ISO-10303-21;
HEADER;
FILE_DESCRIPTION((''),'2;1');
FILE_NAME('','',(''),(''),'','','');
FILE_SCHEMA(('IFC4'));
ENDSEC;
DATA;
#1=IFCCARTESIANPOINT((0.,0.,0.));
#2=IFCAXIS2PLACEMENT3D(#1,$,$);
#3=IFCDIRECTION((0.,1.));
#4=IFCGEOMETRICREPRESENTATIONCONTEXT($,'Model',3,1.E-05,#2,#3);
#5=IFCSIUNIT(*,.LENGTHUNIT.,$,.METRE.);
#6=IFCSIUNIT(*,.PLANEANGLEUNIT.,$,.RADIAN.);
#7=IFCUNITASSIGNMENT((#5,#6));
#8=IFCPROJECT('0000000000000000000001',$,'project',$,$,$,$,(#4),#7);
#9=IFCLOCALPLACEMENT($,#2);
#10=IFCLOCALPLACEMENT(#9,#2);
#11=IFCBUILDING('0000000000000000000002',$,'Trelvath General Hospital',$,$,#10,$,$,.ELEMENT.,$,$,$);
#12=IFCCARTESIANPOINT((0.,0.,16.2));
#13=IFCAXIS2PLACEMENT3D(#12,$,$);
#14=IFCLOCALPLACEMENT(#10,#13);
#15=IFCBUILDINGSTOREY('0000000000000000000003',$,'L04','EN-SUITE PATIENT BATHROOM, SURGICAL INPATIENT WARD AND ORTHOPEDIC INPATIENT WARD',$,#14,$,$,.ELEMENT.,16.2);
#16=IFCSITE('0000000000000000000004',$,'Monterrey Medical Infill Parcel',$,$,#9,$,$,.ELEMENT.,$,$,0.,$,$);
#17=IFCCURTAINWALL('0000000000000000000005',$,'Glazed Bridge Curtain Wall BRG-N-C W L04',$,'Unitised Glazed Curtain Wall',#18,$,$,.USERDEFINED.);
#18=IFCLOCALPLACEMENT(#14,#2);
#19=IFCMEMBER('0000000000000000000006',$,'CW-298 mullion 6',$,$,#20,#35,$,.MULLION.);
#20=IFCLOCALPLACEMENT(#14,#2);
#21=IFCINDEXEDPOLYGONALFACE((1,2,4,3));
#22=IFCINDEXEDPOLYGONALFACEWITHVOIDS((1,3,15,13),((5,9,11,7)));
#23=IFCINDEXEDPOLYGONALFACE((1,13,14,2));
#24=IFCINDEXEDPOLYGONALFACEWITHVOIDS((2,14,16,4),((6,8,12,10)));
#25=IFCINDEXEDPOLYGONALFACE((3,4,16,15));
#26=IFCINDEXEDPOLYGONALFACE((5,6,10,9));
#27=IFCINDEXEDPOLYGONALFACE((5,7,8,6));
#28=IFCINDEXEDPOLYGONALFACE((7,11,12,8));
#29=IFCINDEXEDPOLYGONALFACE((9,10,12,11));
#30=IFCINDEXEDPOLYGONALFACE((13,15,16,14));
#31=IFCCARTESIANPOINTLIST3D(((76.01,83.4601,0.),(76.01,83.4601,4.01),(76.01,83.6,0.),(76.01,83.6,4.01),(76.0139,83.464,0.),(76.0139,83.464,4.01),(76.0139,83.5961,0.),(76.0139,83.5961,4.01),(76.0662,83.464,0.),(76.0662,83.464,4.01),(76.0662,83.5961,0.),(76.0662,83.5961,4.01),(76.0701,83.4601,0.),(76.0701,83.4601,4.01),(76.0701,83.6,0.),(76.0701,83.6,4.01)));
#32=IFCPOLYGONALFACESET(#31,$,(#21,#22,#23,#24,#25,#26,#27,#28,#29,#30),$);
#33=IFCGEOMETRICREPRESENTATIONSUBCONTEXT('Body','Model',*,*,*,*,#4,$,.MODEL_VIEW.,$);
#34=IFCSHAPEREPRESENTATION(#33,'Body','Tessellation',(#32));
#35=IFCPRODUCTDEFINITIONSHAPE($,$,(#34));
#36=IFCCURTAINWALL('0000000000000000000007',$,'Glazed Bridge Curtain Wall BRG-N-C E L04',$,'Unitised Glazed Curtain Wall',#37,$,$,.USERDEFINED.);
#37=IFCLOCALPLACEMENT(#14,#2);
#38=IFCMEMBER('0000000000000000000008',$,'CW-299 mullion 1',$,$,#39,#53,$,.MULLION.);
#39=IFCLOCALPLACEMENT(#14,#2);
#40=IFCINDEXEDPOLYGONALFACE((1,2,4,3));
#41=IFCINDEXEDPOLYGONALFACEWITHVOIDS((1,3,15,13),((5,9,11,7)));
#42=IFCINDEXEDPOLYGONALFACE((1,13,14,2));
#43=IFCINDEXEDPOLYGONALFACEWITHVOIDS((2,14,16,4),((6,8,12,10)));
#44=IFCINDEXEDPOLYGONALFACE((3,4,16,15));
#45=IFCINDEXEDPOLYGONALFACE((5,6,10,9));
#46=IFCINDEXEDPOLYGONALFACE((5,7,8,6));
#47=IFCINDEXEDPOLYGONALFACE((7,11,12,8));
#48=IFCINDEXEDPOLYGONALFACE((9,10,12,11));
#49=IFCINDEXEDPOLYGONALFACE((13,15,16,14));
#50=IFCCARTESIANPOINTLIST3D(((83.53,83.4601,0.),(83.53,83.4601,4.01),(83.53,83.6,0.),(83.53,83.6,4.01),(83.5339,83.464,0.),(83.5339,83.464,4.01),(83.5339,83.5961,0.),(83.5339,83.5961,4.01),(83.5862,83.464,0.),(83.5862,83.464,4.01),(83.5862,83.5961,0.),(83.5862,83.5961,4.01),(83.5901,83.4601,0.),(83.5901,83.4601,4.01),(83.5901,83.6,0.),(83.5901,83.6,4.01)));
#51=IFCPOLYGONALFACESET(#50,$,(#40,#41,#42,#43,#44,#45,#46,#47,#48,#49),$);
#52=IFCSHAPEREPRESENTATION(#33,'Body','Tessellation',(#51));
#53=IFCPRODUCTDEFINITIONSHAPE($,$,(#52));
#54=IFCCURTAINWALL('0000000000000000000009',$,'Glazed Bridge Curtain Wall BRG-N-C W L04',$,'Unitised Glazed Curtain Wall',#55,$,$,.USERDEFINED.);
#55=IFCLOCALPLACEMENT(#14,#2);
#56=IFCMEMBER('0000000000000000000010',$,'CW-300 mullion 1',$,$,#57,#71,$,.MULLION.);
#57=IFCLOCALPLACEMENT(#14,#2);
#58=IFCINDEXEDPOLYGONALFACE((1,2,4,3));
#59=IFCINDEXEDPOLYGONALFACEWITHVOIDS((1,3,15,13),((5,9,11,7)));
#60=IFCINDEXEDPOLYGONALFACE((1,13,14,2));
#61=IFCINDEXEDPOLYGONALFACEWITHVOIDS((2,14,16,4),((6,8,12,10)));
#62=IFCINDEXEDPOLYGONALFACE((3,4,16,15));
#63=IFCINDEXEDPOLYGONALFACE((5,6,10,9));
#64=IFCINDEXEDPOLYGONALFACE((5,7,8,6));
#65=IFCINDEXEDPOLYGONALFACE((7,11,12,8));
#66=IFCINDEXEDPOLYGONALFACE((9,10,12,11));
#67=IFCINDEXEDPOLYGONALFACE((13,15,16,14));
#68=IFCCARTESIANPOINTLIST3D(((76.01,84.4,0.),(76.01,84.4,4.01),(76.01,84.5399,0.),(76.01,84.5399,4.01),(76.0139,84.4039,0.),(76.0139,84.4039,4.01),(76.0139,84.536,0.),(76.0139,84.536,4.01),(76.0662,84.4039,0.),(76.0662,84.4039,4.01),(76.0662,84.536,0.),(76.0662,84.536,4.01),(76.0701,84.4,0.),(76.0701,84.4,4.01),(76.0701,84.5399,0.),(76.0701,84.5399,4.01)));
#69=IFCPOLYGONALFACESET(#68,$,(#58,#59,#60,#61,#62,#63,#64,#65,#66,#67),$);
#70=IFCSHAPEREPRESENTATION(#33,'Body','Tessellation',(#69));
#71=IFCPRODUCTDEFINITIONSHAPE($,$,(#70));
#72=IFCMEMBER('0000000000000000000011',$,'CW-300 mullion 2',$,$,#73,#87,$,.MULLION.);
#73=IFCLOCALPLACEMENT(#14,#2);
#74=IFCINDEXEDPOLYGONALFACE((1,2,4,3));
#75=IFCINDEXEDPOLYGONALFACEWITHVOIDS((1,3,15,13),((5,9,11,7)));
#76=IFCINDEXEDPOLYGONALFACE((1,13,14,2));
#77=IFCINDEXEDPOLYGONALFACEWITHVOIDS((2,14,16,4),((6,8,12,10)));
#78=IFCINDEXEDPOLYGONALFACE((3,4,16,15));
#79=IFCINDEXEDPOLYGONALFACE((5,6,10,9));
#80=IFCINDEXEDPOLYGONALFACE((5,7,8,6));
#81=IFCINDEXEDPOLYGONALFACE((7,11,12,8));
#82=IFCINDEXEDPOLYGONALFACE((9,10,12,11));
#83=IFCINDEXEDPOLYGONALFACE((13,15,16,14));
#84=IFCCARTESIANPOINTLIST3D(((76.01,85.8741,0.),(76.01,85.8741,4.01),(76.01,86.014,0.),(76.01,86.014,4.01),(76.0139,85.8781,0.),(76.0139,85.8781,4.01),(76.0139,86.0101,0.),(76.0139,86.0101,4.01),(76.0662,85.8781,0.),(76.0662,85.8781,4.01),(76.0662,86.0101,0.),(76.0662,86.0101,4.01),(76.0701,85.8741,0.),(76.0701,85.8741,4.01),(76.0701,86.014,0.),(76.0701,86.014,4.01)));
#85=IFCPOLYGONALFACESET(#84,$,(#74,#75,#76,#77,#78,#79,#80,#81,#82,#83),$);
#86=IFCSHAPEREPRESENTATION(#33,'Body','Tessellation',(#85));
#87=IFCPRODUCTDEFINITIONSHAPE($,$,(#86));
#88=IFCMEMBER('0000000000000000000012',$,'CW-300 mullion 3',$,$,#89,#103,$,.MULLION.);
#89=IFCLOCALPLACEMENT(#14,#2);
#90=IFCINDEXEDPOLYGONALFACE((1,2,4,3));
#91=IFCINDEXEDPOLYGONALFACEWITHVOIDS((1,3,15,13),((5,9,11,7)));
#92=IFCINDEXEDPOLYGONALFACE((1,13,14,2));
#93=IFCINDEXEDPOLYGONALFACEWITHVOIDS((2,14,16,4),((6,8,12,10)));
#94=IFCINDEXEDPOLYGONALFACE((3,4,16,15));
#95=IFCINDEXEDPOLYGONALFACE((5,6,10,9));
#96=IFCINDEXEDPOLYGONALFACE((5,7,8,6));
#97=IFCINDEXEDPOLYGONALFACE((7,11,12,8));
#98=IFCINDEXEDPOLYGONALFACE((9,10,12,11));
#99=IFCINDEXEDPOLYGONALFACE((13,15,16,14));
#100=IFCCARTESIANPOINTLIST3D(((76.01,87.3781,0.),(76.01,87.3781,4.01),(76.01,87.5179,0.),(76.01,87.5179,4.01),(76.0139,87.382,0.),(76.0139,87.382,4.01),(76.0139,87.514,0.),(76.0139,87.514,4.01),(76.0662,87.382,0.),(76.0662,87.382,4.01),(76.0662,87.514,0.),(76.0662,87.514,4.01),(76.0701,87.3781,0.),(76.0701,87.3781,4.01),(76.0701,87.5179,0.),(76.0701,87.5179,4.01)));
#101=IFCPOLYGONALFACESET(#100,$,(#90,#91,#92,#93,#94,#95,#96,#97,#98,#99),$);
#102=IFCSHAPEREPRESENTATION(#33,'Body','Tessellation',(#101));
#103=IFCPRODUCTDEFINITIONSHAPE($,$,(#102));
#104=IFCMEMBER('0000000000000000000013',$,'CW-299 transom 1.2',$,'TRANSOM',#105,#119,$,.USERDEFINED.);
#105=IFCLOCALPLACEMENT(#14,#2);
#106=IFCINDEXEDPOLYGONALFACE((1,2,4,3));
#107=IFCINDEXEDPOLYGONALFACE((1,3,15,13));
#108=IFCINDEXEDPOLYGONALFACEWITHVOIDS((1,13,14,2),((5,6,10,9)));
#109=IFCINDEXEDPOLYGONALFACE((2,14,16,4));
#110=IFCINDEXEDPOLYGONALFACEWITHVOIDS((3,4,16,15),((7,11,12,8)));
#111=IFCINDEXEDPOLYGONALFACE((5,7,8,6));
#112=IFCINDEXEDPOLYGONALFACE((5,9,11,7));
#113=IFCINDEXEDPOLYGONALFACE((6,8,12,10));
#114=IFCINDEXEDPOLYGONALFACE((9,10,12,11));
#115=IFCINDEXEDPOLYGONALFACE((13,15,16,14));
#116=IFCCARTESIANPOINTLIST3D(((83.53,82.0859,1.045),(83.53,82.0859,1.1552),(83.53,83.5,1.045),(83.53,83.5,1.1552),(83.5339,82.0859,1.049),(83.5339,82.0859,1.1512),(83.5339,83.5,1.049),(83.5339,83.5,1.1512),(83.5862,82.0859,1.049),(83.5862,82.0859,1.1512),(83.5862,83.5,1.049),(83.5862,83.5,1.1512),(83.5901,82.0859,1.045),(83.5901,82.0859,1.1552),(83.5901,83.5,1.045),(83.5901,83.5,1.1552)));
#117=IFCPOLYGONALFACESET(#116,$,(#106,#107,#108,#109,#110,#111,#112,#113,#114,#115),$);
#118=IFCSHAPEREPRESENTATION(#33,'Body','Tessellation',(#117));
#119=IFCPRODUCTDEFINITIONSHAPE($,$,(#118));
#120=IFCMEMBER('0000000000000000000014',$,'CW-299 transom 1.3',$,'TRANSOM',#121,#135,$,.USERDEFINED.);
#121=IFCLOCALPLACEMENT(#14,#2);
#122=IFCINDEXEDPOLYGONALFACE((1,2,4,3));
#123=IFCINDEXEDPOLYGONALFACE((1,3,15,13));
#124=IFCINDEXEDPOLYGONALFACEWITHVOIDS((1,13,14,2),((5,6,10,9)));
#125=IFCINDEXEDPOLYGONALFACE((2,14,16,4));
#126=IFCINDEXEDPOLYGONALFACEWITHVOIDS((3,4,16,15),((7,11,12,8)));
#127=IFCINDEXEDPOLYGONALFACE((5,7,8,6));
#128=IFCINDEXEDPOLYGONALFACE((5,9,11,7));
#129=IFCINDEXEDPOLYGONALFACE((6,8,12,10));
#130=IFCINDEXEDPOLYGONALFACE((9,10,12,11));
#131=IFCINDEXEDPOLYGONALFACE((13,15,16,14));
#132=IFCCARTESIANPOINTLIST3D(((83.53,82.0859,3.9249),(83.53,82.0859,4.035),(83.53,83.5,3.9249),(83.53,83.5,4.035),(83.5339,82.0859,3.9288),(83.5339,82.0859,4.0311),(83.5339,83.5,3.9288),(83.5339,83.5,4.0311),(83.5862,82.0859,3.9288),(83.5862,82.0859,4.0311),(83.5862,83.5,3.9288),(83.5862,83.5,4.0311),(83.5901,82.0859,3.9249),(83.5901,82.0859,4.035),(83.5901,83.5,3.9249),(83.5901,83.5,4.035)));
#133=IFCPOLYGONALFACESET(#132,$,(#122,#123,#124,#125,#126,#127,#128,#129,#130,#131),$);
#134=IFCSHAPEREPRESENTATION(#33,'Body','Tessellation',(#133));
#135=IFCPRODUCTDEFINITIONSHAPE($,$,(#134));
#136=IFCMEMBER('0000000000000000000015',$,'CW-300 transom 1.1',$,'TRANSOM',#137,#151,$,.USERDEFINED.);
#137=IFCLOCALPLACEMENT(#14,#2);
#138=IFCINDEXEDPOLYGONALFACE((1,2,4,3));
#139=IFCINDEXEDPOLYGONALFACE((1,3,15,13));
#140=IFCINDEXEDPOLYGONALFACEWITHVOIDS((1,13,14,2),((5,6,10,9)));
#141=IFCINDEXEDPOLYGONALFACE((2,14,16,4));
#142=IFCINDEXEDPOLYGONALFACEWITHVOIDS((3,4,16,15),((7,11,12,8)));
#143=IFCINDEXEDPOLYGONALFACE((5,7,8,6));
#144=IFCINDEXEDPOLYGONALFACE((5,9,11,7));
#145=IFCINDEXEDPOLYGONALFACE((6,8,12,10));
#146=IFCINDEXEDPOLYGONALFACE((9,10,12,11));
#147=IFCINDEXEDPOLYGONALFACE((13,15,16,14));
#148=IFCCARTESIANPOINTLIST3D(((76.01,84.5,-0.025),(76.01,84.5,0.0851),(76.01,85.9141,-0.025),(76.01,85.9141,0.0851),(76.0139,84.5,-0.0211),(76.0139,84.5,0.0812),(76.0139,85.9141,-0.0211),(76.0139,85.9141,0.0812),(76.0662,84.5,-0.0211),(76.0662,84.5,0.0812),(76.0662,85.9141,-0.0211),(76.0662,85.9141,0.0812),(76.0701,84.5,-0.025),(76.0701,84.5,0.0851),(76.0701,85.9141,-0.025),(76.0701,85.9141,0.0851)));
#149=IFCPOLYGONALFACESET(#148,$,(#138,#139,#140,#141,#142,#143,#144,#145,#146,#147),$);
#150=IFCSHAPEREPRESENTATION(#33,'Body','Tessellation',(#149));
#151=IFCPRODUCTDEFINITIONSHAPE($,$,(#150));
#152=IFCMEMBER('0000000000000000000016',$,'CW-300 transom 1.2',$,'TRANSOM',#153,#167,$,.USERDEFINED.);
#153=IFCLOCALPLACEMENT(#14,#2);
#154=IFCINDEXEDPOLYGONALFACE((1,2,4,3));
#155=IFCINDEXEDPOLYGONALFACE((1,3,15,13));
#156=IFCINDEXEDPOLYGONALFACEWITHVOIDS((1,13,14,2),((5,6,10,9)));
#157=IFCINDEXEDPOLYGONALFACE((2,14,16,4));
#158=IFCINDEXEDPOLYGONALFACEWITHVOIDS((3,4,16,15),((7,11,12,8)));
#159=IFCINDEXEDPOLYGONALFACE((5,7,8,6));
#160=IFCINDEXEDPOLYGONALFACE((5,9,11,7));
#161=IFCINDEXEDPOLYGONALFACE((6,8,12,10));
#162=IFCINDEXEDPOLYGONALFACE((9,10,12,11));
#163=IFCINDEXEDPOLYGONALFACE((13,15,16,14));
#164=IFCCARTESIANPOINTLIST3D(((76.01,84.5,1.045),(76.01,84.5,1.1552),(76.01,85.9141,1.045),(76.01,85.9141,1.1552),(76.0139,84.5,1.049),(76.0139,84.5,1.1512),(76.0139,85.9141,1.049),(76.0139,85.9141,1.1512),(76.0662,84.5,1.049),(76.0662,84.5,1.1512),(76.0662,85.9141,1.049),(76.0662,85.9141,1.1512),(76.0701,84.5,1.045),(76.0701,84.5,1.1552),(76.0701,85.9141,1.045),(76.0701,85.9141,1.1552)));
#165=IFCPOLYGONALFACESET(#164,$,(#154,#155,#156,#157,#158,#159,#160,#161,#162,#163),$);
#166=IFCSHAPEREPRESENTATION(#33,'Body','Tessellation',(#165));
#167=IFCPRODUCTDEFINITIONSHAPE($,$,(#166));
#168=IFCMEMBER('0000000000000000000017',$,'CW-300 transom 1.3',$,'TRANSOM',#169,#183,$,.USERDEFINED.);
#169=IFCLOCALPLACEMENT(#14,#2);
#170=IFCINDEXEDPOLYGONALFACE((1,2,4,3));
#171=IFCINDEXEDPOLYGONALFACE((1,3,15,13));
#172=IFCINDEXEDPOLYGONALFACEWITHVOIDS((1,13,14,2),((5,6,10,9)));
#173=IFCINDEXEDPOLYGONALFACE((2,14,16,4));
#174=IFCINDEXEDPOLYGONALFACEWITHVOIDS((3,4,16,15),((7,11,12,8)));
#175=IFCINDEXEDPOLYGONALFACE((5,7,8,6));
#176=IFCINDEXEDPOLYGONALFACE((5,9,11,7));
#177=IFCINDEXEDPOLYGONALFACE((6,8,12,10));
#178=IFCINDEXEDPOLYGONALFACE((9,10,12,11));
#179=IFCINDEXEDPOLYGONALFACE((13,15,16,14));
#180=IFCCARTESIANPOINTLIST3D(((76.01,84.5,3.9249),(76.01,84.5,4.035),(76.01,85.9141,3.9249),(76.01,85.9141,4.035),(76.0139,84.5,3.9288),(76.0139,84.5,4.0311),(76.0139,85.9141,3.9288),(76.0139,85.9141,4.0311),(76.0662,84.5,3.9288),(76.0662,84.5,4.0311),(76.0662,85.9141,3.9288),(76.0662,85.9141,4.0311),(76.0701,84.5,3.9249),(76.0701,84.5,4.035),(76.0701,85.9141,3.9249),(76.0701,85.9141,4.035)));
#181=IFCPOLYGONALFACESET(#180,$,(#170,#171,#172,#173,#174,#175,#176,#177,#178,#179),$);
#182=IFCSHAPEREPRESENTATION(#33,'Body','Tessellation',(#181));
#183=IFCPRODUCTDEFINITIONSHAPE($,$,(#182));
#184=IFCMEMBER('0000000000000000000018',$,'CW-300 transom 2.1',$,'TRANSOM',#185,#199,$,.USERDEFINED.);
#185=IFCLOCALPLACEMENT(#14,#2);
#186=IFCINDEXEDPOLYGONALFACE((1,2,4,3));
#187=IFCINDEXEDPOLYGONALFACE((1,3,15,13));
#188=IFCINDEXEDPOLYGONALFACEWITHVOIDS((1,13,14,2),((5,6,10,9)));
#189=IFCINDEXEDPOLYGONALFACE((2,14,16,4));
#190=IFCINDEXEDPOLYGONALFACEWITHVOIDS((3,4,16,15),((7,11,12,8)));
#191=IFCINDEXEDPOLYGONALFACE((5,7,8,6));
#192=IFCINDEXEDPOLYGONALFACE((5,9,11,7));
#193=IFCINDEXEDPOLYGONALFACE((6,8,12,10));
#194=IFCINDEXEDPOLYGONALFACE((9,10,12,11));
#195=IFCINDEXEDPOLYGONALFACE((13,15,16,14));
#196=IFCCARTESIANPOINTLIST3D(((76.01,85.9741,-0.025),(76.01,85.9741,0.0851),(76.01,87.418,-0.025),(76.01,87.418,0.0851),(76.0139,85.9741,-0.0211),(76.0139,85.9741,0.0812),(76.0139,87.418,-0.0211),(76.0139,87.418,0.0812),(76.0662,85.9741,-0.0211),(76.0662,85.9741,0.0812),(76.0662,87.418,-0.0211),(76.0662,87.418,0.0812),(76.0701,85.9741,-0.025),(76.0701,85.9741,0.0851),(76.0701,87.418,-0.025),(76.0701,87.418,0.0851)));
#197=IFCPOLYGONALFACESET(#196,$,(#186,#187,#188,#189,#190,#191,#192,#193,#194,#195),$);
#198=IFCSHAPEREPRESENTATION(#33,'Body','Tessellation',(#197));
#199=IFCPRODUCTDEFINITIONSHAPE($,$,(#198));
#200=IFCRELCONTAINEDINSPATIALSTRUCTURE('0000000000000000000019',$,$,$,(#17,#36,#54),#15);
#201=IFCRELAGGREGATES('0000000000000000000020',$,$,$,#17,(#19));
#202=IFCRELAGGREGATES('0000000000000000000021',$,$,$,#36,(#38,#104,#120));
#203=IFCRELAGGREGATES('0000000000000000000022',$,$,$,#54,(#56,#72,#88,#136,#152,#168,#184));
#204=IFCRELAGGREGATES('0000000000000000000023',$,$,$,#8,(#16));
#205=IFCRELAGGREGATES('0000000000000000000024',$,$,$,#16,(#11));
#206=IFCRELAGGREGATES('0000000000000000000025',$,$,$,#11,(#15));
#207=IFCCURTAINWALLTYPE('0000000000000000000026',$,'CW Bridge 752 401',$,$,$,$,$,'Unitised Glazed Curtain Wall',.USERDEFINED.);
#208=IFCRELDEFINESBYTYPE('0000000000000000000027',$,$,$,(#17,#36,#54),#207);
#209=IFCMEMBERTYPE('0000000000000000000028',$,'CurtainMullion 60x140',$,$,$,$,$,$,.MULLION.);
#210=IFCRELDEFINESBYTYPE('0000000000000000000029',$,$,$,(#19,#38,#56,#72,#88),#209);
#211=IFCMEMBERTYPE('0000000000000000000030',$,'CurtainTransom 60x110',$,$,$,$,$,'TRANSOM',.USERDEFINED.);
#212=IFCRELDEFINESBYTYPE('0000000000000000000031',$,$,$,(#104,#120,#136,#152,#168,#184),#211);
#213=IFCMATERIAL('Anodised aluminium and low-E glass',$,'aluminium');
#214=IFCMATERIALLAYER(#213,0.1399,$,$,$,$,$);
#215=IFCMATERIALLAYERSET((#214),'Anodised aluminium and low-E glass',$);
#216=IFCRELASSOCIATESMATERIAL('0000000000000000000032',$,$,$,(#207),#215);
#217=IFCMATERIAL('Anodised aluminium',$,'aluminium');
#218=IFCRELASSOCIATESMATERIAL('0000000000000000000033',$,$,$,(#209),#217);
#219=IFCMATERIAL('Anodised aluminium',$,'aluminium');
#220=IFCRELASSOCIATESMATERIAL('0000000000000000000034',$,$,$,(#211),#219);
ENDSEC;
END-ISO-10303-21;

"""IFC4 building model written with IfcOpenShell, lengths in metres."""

from ifc_helpers import new_model, si_unit, direction, frame, origin, origin_2d, place, context, subcontext, project, spatial, hollow_rectangle, extrude, material, layer, layer_set, material_profile, profile_set, type_object, element, aggregate, save


model = new_model("IFC4")

# Units and contexts
model_context = context("Model", 3, precision=1e-05, world=origin(), true_north=direction((0.0, 1.0)))
body_context = subcontext(model_context, "Body", "Model", "MODEL_VIEW")
ifc_project = project(units=[si_unit("LENGTHUNIT", "METRE"), si_unit("PLANEANGLEUNIT", "RADIAN")], contexts=[model_context])

# Site, building, storey
site_placement = place(None, origin())
site = spatial("IfcSite", under=ifc_project, at=site_placement, Name="Monterrey Medical Infill Parcel", CompositionType="ELEMENT", RefElevation=0.0)
building_placement = place(site_placement, origin())
building = spatial("IfcBuilding", under=site, at=building_placement, Name="Trelvath General Hospital", CompositionType="ELEMENT")
storey_placement = place(building_placement, frame((0.0, 0.0, 16.2)))
storey = spatial("IfcBuildingStorey", under=building, at=storey_placement, Name="L04", Description="EN-SUITE PATIENT BATHROOM, SURGICAL INPATIENT WARD AND ORTHOPEDIC INPATIENT WARD", CompositionType="ELEMENT", Elevation=16.2)

# Curtain walls, members
ifc_material_1 = material(Name="Anodised aluminium and low-E glass", Category="aluminium")
ifc_layer_1 = layer(ifc_material_1, 0.1399)
ifc_layer_set_1 = layer_set([ifc_layer_1], Name="Anodised aluminium and low-E glass")
curtain_wall_type = type_object("IfcCurtainWallType", Name="CW Bridge 752 401", ElementType="Unitised Glazed Curtain Wall", PredefinedType="USERDEFINED", material=ifc_layer_set_1)
curtain_wall_1_placement = place(storey_placement, origin())
curtain_wall_1 = element("IfcCurtainWall", 1, at=curtain_wall_1_placement, inside=storey, type_object=curtain_wall_type, Name="Glazed Bridge Curtain Wall BRG-N-C W L04", ObjectType="Unitised Glazed Curtain Wall", PredefinedType="USERDEFINED")
ifc_material_2 = material(Name="Anodised aluminium", Category="aluminium")
ifc_material_profile_1 = material_profile(ifc_material_2, hollow_rectangle(XDim=0.0601, YDim=0.1399, WallThickness=0.0039, at=origin_2d()), Name="RHS60x140x4")
ifc_profile_set_1 = profile_set([ifc_material_profile_1], Name="Anodised aluminium")
member_type_1 = type_object("IfcMemberType", Name="CurtainMullion 60x140", PredefinedType="MULLION", material=ifc_profile_set_1)
member_1_placement = place(storey_placement, frame((76.04, 83.53, 0.0), z_axis=(0.0, 0.0, 1.0), x_axis=(-1.0, 0.0, 0.0)))
member_1 = element("IfcMember", 2, at=member_1_placement, type_object=member_type_1, Name="CW-298 mullion 6", PredefinedType="MULLION", context=body_context, shape_type="SweptSolid", body=[
    extrude(hollow_rectangle(XDim=0.0601, YDim=0.1399, WallThickness=0.0039, at=origin_2d()), origin(), (0.0, 0.0, 1.0), 4.01),
])
aggregate(curtain_wall_1, [member_1])
curtain_wall_2_placement = place(storey_placement, origin())
curtain_wall_2 = element("IfcCurtainWall", 3, at=curtain_wall_2_placement, inside=storey, type_object=curtain_wall_type, Name="Glazed Bridge Curtain Wall BRG-N-C E L04", ObjectType="Unitised Glazed Curtain Wall", PredefinedType="USERDEFINED")
member_2_placement = place(storey_placement, frame((83.5601, 83.53, 0.0), z_axis=(0.0, 0.0, 1.0), x_axis=(1.0, 0.0, 0.0)))
member_2 = element("IfcMember", 4, at=member_2_placement, type_object=member_type_1, Name="CW-299 mullion 1", PredefinedType="MULLION", context=body_context, shape_type="SweptSolid", body=[
    extrude(hollow_rectangle(XDim=0.0601, YDim=0.1399, WallThickness=0.0039, at=origin_2d()), origin(), (0.0, 0.0, 1.0), 4.01),
])

# Curtain wall, members
curtain_wall_3_placement = place(storey_placement, origin())
curtain_wall_3 = element("IfcCurtainWall", 5, at=curtain_wall_3_placement, inside=storey, type_object=curtain_wall_type, Name="Glazed Bridge Curtain Wall BRG-N-C W L04", ObjectType="Unitised Glazed Curtain Wall", PredefinedType="USERDEFINED")
member_3_placement = place(storey_placement, frame((76.04, 84.47, 0.0), z_axis=(0.0, 0.0, 1.0), x_axis=(-1.0, 0.0, 0.0)))
member_3 = element("IfcMember", 6, at=member_3_placement, type_object=member_type_1, Name="CW-300 mullion 1", PredefinedType="MULLION", context=body_context, shape_type="SweptSolid", body=[
    extrude(hollow_rectangle(XDim=0.0601, YDim=0.1399, WallThickness=0.0039, at=origin_2d()), origin(), (0.0, 0.0, 1.0), 4.01),
])
member_4_placement = place(storey_placement, frame((76.04, 85.9441, 0.0), z_axis=(0.0, 0.0, 1.0), x_axis=(-1.0, 0.0, 0.0)))
member_4 = element("IfcMember", 7, at=member_4_placement, type_object=member_type_1, Name="CW-300 mullion 2", PredefinedType="MULLION", context=body_context, shape_type="SweptSolid", body=[
    extrude(hollow_rectangle(XDim=0.0601, YDim=0.1399, WallThickness=0.0039, at=origin_2d()), origin(), (0.0, 0.0, 1.0), 4.01),
])
member_5_placement = place(storey_placement, frame((76.04, 87.448, 0.0), z_axis=(0.0, 0.0, 1.0), x_axis=(-1.0, 0.0, 0.0)))
member_5 = element("IfcMember", 8, at=member_5_placement, type_object=member_type_1, Name="CW-300 mullion 3", PredefinedType="MULLION", context=body_context, shape_type="SweptSolid", body=[
    extrude(hollow_rectangle(XDim=0.0601, YDim=0.1399, WallThickness=0.0039, at=origin_2d()), origin(), (0.0, 0.0, 1.0), 4.01),
])

# Members
ifc_material_3 = material(Name="Anodised aluminium", Category="aluminium")
ifc_material_profile_2 = material_profile(ifc_material_3, hollow_rectangle(XDim=0.0601, YDim=0.1101, WallThickness=0.0039, at=origin_2d()), Name="RHS60x110x4")
ifc_profile_set_2 = profile_set([ifc_material_profile_2], Name="Anodised aluminium")
member_type_2 = type_object("IfcMemberType", Name="CurtainTransom 60x110", ElementType="TRANSOM", PredefinedType="USERDEFINED", material=ifc_profile_set_2)
member_6_placement = place(storey_placement, frame((83.5601, 83.5, 1.1001), z_axis=(0.0, -1.0, 0.0), x_axis=(1.0, 0.0, 0.0)))
member_6 = element("IfcMember", 9, at=member_6_placement, type_object=member_type_2, Name="CW-299 transom 1.2", ObjectType="TRANSOM", PredefinedType="USERDEFINED", context=body_context, shape_type="SweptSolid", body=[
    extrude(hollow_rectangle(XDim=0.0601, YDim=0.1101, WallThickness=0.0039, at=origin_2d()), origin(), (0.0, 0.0, 1.0), 1.4141),
])
member_7_placement = place(storey_placement, frame((83.5601, 83.5, 3.98), z_axis=(0.0, -1.0, 0.0), x_axis=(1.0, 0.0, 0.0)))
member_7 = element("IfcMember", 10, at=member_7_placement, type_object=member_type_2, Name="CW-299 transom 1.3", ObjectType="TRANSOM", PredefinedType="USERDEFINED", context=body_context, shape_type="SweptSolid", body=[
    extrude(hollow_rectangle(XDim=0.0601, YDim=0.1101, WallThickness=0.0039, at=origin_2d()), origin(), (0.0, 0.0, 1.0), 1.4141),
])
aggregate(curtain_wall_2, [member_2, member_6, member_7])
member_8_placement = place(storey_placement, frame((76.04, 84.5, 0.03), z_axis=(0.0, 1.0, 0.0), x_axis=(-1.0, 0.0, 0.0)))
member_8 = element("IfcMember", 11, at=member_8_placement, type_object=member_type_2, Name="CW-300 transom 1.1", ObjectType="TRANSOM", PredefinedType="USERDEFINED", context=body_context, shape_type="SweptSolid", body=[
    extrude(hollow_rectangle(XDim=0.0601, YDim=0.1101, WallThickness=0.0039, at=origin_2d()), origin(), (0.0, 0.0, 1.0), 1.4141),
])
member_9_placement = place(storey_placement, frame((76.04, 84.5, 1.1001), z_axis=(0.0, 1.0, 0.0), x_axis=(-1.0, 0.0, 0.0)))
member_9 = element("IfcMember", 12, at=member_9_placement, type_object=member_type_2, Name="CW-300 transom 1.2", ObjectType="TRANSOM", PredefinedType="USERDEFINED", context=body_context, shape_type="SweptSolid", body=[
    extrude(hollow_rectangle(XDim=0.0601, YDim=0.1101, WallThickness=0.0039, at=origin_2d()), origin(), (0.0, 0.0, 1.0), 1.4141),
])
member_10_placement = place(storey_placement, frame((76.04, 84.5, 3.98), z_axis=(0.0, 1.0, 0.0), x_axis=(-1.0, 0.0, 0.0)))
member_10 = element("IfcMember", 13, at=member_10_placement, type_object=member_type_2, Name="CW-300 transom 1.3", ObjectType="TRANSOM", PredefinedType="USERDEFINED", context=body_context, shape_type="SweptSolid", body=[
    extrude(hollow_rectangle(XDim=0.0601, YDim=0.1101, WallThickness=0.0039, at=origin_2d()), origin(), (0.0, 0.0, 1.0), 1.4141),
])
member_11_placement = place(storey_placement, frame((76.04, 85.9741, 0.03), z_axis=(0.0, 1.0, 0.0), x_axis=(-1.0, 0.0, 0.0)))
member_11 = element("IfcMember", 14, at=member_11_placement, type_object=member_type_2, Name="CW-300 transom 2.1", ObjectType="TRANSOM", PredefinedType="USERDEFINED", context=body_context, shape_type="SweptSolid", body=[
    extrude(hollow_rectangle(XDim=0.0601, YDim=0.1101, WallThickness=0.0039, at=origin_2d()), origin(), (0.0, 0.0, 1.0), 1.4438),
])

aggregate(curtain_wall_3, [member_3, member_4, member_5, member_8, member_9, member_10, member_11])

save(model, "model.ifc")
